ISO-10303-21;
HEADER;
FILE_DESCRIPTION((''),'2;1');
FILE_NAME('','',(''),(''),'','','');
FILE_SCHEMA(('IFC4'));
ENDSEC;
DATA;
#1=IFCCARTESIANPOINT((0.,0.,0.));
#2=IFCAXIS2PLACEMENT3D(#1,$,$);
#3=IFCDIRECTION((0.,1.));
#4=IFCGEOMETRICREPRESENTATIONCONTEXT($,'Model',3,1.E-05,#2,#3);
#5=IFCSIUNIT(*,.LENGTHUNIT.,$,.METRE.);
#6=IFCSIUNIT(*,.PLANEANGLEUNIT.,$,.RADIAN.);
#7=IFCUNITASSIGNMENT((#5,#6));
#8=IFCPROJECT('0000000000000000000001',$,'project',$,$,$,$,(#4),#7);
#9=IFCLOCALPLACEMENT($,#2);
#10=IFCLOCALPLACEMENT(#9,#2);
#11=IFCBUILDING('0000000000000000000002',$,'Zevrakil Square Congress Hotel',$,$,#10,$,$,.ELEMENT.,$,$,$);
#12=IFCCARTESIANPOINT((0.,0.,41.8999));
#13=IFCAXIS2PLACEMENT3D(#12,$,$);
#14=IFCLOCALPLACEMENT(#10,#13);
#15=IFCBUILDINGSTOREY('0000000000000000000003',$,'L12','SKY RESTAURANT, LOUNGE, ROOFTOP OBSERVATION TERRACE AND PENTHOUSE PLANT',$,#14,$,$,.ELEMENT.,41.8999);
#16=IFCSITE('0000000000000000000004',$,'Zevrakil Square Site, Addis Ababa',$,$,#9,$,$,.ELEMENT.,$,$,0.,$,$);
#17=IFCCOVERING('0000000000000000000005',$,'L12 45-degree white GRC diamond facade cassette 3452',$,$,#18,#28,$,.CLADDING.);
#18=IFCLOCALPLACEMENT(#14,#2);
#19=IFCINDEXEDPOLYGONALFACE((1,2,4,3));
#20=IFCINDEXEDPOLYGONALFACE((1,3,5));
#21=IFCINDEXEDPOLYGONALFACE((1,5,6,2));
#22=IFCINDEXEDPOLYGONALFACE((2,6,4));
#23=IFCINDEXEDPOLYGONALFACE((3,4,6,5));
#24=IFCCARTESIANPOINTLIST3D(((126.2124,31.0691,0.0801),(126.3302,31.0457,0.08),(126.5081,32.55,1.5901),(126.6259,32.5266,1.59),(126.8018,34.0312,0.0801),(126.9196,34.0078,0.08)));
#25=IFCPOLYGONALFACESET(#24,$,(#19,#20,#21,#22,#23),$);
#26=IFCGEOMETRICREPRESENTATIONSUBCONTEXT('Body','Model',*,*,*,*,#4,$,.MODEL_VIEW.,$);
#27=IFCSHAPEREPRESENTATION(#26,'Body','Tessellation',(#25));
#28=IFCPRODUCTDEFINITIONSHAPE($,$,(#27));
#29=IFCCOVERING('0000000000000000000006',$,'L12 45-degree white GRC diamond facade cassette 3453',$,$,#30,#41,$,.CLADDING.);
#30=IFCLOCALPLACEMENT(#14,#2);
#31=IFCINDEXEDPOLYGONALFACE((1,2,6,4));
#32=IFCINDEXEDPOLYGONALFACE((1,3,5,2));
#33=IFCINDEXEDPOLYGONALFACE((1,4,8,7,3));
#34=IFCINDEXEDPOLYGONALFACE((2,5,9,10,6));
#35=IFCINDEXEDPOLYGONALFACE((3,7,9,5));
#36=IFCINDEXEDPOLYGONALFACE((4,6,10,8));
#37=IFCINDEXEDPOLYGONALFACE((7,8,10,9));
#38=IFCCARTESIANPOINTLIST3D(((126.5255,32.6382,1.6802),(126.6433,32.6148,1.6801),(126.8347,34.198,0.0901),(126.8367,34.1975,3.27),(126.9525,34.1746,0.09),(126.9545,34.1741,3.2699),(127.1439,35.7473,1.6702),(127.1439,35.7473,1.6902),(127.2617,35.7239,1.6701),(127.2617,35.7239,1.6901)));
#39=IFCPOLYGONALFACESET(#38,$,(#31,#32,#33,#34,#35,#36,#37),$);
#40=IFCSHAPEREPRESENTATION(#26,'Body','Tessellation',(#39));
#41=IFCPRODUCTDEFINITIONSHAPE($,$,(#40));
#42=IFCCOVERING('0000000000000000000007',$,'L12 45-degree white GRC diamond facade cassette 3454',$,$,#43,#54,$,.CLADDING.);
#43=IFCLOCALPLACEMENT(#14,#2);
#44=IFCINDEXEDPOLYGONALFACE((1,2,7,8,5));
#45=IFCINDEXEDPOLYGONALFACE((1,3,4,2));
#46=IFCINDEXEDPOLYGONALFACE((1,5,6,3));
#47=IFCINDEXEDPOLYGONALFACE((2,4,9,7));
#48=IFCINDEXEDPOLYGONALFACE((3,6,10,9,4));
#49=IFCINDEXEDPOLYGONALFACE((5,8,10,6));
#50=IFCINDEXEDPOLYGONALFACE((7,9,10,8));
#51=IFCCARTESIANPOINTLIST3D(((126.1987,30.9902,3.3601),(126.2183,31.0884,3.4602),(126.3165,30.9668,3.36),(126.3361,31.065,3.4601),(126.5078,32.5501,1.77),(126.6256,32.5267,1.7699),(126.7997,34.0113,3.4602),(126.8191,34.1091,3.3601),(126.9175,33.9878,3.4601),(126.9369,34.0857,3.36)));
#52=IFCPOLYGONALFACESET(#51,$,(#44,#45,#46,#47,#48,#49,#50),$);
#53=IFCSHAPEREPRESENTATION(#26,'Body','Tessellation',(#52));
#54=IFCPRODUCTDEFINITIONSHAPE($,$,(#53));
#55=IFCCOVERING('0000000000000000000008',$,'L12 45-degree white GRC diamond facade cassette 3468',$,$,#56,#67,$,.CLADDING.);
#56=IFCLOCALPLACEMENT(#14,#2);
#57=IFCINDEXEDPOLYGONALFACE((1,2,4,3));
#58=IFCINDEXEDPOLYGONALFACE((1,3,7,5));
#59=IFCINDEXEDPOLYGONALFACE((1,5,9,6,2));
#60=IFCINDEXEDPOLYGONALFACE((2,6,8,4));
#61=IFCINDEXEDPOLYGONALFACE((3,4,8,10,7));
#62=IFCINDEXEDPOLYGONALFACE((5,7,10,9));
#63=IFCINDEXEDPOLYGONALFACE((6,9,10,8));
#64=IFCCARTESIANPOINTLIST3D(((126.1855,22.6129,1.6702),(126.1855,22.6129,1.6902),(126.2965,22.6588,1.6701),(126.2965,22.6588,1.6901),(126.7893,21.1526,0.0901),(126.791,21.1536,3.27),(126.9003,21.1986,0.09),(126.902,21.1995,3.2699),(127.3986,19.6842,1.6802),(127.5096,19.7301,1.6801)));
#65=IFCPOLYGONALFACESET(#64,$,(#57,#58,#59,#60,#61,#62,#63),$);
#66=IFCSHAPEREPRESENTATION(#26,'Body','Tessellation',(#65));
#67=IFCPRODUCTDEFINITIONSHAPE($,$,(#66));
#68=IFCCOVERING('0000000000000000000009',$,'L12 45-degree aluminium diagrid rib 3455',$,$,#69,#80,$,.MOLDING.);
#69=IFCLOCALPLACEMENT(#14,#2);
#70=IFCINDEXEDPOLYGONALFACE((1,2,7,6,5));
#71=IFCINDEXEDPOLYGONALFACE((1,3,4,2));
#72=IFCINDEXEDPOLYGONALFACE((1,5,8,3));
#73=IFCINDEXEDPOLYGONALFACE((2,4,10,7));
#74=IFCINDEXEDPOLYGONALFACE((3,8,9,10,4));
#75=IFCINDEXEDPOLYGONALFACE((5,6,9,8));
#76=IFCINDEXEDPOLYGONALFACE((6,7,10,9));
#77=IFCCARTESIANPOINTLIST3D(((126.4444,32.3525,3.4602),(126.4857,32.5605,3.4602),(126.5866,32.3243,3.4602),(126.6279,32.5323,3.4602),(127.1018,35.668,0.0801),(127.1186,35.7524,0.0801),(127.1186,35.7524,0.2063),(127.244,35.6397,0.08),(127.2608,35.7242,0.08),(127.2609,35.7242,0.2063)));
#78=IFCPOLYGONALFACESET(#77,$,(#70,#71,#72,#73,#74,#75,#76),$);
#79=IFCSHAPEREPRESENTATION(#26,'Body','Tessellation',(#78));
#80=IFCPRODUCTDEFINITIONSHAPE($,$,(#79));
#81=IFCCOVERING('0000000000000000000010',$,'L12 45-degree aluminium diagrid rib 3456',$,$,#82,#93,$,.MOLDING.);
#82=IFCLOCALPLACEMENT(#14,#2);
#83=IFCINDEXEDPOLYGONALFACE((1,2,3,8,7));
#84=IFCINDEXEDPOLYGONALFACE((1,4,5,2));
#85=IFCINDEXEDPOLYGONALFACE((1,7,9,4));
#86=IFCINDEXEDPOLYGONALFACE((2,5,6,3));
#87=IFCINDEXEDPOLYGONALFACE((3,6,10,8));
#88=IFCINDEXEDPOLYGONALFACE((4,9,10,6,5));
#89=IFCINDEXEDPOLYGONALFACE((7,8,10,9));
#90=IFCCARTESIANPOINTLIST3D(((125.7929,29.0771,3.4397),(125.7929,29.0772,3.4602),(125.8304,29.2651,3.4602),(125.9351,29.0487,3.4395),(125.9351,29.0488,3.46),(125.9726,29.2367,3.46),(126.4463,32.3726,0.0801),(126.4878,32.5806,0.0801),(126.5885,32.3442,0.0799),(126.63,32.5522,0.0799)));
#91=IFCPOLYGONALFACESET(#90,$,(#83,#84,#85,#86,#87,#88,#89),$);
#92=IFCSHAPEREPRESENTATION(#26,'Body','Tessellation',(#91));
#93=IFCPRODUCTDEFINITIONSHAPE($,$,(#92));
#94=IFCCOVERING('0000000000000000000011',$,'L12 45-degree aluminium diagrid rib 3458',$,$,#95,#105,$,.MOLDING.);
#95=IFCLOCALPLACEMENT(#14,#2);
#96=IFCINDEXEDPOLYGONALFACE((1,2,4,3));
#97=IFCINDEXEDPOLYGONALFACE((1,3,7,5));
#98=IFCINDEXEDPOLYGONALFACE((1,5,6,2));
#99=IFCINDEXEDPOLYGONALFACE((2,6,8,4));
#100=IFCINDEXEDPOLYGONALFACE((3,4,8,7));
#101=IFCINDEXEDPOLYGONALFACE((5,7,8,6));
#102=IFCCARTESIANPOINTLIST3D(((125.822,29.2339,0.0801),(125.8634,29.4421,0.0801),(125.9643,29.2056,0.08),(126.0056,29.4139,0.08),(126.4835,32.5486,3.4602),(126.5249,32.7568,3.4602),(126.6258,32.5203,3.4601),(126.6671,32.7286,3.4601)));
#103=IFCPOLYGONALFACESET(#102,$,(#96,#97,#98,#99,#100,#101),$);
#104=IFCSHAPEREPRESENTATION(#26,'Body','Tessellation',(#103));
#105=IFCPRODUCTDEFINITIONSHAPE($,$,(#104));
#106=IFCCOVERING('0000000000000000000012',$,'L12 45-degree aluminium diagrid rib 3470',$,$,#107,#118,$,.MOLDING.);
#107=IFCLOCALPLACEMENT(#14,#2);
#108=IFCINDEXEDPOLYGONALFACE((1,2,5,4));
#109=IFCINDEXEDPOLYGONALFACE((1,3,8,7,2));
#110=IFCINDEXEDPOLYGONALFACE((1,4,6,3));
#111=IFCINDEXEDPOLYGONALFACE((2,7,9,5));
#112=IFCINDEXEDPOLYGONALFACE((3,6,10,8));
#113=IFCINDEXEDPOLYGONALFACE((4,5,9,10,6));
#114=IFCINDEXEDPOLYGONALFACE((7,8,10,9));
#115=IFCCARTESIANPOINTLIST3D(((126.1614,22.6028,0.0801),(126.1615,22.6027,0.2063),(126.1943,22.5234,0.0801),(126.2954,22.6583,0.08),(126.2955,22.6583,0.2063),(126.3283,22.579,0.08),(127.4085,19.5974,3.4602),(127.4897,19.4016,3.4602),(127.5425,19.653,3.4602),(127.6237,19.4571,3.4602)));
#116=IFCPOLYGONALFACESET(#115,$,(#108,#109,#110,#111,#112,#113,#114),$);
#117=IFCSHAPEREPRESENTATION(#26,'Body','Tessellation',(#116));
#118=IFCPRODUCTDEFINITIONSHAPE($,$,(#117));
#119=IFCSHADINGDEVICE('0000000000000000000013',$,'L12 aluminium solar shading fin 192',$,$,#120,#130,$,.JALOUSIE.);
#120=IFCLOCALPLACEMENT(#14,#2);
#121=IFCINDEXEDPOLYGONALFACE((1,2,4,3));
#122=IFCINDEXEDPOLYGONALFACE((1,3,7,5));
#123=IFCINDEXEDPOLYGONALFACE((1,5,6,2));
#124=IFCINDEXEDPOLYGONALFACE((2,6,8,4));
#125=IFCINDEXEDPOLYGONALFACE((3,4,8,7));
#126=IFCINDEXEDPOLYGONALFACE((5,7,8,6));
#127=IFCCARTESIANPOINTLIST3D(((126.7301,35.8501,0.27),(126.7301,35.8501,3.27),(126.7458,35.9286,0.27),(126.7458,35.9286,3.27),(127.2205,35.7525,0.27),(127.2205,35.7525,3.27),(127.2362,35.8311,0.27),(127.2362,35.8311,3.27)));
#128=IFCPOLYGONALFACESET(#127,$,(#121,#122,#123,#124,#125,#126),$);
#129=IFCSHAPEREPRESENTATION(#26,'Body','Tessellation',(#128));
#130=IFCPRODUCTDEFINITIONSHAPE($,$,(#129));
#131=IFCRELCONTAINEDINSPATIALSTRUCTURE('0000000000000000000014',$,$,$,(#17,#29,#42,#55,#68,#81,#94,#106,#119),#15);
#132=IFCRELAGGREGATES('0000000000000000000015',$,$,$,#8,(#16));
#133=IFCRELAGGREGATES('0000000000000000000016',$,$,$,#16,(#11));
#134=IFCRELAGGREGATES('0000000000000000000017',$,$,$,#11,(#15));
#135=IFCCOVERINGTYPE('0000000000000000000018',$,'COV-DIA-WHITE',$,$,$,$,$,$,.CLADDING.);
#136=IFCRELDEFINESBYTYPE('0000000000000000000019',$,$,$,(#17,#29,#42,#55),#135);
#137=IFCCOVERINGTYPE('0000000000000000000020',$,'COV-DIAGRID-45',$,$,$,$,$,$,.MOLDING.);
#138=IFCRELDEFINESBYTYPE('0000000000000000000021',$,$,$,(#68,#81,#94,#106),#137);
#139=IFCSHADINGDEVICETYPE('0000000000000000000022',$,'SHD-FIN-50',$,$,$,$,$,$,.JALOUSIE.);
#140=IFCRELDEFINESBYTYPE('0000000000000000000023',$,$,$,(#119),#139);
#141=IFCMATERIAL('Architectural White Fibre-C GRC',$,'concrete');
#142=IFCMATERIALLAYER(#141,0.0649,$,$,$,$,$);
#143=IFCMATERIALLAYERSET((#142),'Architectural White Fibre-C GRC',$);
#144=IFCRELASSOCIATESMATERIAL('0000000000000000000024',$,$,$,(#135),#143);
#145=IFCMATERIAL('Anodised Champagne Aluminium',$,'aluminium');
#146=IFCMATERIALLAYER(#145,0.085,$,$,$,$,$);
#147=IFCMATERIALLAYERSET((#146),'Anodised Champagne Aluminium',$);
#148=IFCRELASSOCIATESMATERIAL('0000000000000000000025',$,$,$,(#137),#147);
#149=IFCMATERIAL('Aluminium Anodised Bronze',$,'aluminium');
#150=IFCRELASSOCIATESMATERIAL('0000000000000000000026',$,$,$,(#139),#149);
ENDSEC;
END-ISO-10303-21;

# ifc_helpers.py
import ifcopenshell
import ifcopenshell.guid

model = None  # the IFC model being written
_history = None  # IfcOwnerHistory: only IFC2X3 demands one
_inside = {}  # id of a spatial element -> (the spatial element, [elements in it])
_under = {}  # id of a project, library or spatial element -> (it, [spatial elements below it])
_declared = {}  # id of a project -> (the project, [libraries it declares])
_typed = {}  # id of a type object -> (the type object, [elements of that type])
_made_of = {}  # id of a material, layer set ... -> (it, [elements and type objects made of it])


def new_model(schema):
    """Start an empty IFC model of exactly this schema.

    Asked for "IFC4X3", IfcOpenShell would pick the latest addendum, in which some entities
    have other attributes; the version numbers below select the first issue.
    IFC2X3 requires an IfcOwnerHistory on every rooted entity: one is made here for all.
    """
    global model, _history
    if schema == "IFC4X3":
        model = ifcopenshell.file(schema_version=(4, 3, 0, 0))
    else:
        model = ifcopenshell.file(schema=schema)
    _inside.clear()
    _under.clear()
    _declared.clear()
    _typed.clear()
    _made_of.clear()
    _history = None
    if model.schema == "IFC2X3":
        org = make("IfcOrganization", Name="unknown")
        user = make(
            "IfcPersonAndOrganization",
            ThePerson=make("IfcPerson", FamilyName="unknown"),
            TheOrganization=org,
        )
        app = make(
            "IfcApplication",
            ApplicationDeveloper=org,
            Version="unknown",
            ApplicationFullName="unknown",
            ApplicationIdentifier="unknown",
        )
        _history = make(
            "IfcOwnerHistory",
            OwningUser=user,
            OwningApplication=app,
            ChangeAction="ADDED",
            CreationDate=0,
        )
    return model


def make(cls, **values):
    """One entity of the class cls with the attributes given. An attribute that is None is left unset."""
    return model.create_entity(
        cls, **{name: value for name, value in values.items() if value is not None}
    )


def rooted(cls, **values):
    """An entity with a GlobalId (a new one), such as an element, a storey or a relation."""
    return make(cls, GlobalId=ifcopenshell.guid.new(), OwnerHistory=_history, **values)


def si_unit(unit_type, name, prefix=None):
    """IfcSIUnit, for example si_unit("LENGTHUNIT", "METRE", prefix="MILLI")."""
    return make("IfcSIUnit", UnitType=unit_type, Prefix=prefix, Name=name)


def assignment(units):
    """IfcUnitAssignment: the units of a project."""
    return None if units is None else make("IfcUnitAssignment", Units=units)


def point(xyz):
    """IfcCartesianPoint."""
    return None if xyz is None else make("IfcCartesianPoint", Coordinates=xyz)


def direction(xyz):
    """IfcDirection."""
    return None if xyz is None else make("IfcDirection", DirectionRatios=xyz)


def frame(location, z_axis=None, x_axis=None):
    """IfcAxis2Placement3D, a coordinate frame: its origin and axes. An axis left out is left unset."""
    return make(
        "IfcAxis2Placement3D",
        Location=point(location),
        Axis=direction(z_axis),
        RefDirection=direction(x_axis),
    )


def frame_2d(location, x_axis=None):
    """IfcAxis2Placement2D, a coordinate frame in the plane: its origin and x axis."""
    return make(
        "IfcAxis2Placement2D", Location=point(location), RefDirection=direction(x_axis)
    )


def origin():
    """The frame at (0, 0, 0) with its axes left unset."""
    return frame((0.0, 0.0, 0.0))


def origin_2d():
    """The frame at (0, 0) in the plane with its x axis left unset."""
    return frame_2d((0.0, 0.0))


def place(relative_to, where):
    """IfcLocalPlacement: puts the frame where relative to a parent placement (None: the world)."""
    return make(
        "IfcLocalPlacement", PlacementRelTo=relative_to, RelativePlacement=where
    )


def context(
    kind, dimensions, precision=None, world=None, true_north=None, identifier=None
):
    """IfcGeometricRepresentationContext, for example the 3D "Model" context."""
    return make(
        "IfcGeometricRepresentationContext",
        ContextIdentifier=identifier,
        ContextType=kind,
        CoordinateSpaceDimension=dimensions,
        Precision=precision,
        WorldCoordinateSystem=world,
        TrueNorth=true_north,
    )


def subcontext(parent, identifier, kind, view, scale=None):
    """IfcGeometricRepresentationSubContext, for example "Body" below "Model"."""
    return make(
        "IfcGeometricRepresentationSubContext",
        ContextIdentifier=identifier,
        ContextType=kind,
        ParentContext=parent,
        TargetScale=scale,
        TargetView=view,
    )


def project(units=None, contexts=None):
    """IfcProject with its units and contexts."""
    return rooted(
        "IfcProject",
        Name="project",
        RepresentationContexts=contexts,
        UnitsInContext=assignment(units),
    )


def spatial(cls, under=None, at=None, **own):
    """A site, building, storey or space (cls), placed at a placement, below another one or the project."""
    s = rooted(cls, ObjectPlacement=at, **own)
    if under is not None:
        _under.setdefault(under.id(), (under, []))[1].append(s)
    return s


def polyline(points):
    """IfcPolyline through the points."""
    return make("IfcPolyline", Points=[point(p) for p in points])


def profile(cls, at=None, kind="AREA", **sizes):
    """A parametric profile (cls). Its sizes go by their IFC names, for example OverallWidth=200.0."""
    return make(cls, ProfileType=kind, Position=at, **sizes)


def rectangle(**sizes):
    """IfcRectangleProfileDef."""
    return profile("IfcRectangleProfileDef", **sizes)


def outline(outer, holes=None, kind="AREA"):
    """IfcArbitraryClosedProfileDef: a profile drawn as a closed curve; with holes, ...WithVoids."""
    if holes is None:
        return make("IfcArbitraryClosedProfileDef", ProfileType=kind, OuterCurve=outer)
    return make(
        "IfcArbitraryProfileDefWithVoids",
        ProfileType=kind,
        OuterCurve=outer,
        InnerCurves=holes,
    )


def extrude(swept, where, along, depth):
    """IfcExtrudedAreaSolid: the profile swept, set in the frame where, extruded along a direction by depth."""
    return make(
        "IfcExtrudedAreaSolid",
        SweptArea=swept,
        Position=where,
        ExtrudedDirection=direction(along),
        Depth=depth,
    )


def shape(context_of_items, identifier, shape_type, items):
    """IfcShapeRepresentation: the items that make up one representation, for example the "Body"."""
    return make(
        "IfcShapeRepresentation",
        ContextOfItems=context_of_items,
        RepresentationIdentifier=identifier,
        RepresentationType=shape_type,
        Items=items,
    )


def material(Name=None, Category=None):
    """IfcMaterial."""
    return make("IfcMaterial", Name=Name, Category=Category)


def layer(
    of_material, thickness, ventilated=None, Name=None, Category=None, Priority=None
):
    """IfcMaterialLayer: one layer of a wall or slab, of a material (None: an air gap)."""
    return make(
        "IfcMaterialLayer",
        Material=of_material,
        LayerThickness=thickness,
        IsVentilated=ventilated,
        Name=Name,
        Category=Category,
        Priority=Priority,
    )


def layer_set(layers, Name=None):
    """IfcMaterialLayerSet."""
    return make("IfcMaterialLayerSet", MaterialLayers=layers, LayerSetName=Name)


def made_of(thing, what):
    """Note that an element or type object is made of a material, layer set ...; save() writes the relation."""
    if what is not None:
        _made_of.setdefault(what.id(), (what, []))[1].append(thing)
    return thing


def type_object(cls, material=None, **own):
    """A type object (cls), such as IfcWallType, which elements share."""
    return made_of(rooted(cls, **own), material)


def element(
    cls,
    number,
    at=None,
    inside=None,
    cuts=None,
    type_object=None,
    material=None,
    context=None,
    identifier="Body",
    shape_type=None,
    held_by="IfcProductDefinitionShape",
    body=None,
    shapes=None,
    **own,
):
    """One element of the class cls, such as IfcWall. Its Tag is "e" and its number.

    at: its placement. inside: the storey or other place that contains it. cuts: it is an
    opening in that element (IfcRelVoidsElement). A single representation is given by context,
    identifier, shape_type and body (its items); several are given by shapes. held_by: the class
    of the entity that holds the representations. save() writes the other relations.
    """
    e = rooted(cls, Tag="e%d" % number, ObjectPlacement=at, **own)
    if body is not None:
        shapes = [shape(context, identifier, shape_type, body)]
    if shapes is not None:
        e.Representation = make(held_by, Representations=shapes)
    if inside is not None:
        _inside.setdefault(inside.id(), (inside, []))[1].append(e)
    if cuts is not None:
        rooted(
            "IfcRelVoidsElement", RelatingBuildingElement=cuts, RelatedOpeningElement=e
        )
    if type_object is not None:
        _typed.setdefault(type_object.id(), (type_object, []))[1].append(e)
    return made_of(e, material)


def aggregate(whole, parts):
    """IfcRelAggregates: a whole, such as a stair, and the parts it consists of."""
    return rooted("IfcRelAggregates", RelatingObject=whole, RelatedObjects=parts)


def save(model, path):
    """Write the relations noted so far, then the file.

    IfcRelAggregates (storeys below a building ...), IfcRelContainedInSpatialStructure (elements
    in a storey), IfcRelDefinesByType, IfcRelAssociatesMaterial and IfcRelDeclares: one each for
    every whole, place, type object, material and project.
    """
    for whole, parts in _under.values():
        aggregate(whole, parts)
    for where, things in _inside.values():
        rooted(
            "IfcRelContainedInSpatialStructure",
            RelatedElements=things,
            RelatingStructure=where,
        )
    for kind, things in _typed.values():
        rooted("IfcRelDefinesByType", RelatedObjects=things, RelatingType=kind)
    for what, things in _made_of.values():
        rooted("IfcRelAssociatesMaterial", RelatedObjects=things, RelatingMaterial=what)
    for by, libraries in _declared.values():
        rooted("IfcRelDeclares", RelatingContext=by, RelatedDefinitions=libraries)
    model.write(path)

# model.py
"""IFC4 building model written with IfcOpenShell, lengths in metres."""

from ifc_helpers import new_model, si_unit, direction, frame, origin, origin_2d, place, context, subcontext, project, spatial, polyline, rectangle, outline, extrude, material, layer, layer_set, type_object, element, save


model = new_model("IFC4")

# Units and contexts
model_context = context("Model", 3, precision=1e-05, world=origin(), true_north=direction((0.0, 1.0)))
body_context = subcontext(model_context, "Body", "Model", "MODEL_VIEW")
ifc_project = project(units=[si_unit("LENGTHUNIT", "METRE"), si_unit("PLANEANGLEUNIT", "RADIAN")], contexts=[model_context])

# Site, building, storey
site_placement = place(None, origin())
site = spatial("IfcSite", under=ifc_project, at=site_placement, Name="Zevrakil Square Site, Addis Ababa", CompositionType="ELEMENT", RefElevation=0.0)
building_placement = place(site_placement, origin())
building = spatial("IfcBuilding", under=site, at=building_placement, Name="Zevrakil Square Congress Hotel", CompositionType="ELEMENT")
storey_placement = place(building_placement, frame((0.0, 0.0, 41.8999)))
storey = spatial("IfcBuildingStorey", under=building, at=storey_placement, Name="L12", Description="SKY RESTAURANT, LOUNGE, ROOFTOP OBSERVATION TERRACE AND PENTHOUSE PLANT", CompositionType="ELEMENT", Elevation=41.8999)

# Coverings
ifc_material_1 = material(Name="Architectural White Fibre-C GRC", Category="concrete")
ifc_layer_1 = layer(ifc_material_1, 0.0649)
ifc_layer_set_1 = layer_set([ifc_layer_1], Name="Architectural White Fibre-C GRC")
covering_type_1 = type_object("IfcCoveringType", Name="COV-DIA-WHITE", PredefinedType="CLADDING", material=ifc_layer_set_1)
covering_1_placement = place(storey_placement, frame((126.5081, 32.55, 1.5901), z_axis=(-0.980776, 0.195137, 0.00065), x_axis=(-0.138441, -0.693463, -0.707067)))
element("IfcCovering", 1, at=covering_1_placement, inside=storey, type_object=covering_type_1, Name="L12 45-degree white GRC diamond facade cassette 3452", PredefinedType="CLADDING", context=body_context, shape_type="SweptSolid", body=[
    extrude(outline(polyline([(0.0, 0.0), (2.1356, 0.0), (-0.0001, -2.1355), (0.0, 0.0)])), origin(), (0.0, 0.0, -1.0), 0.1201),
])
covering_2_placement = place(storey_placement, frame((126.8367, 34.1975, 3.27), z_axis=(-0.980787, 0.19508, 0.00063), x_axis=(-0.138388, -0.693478, -0.707062)))
element("IfcCovering", 2, at=covering_2_placement, inside=storey, type_object=covering_type_1, Name="L12 45-degree white GRC diamond facade cassette 3453", PredefinedType="CLADDING", context=body_context, shape_type="SweptSolid", body=[
    extrude(outline(polyline([(0.0, 0.0), (2.2485, 0.0), (2.2483, -2.2488), (0.0139, -2.2485), (-0.0003, -2.2343), (0.0, 0.0)])), origin(), (0.0, 0.0, -1.0), 0.1201),
])
covering_3_placement = place(storey_placement, frame((126.1987, 30.9902, 3.3601), z_axis=(-0.980787, 0.195081, 0.000744), x_axis=(0.137432, 0.693646, -0.707084)))
element("IfcCovering", 3, at=covering_3_placement, inside=storey, type_object=covering_type_1, Name="L12 45-degree white GRC diamond facade cassette 3454", PredefinedType="CLADDING", context=body_context, shape_type="SweptSolid", body=[
    extrude(outline(polyline([(0.0, 0.0), (2.2488, 0.0), (2.2487, -2.2485), (2.1073, -2.2488), (0.0, -0.1416), (0.0, 0.0)])), origin(), (0.0, 0.0, -1.0), 0.1201),
])
covering_4_placement = place(storey_placement, frame((126.791, 21.1536, 3.27), z_axis=(-0.923877, -0.38269, 0.000612), x_axis=(0.270222, -0.653493, -0.707055)))
element("IfcCovering", 4, at=covering_4_placement, inside=storey, type_object=covering_type_1, Name="L12 45-degree white GRC diamond facade cassette 3468", PredefinedType="CLADDING", context=body_context, shape_type="SweptSolid", body=[
    extrude(outline(polyline([(0.0, 0.0), (2.2485, 0.0), (2.2486, -2.2485), (0.0139, -2.2485), (-0.0002, -2.2343), (0.0, 0.0)])), origin(), (0.0, 0.0, -1.0), 0.1201),
])
ifc_material_2 = material(Name="Anodised Champagne Aluminium", Category="aluminium")
ifc_layer_2 = layer(ifc_material_2, 0.085)
ifc_layer_set_2 = layer_set([ifc_layer_2], Name="Anodised Champagne Aluminium")
covering_type_2 = type_object("IfcCoveringType", Name="COV-DIAGRID-45", PredefinedType="MOLDING", material=ifc_layer_set_2)
covering_5_placement = place(storey_placement, frame((127.1018, 35.668, 0.0801), z_axis=(-0.980854, 0.194745, 0.000246), x_axis=(0.194745, 0.980854, 0.0)))
element("IfcCovering", 5, at=covering_5_placement, inside=storey, type_object=covering_type_2, Name="L12 45-degree aluminium diagrid rib 3455", PredefinedType="MOLDING", context=body_context, shape_type="SweptSolid", body=[
    extrude(outline(polyline([(0.0, 0.0), (0.0861, 0.0), (0.0861, -0.1262), (-3.1679, -3.3801), (-3.38, -3.3801), (0.0, 0.0)])), origin(), (0.0, 0.0, -1.0), 0.145),
])
covering_6_placement = place(storey_placement, frame((126.4463, 32.3726, 0.0801), z_axis=(-0.98064, 0.195815, 0.001344), x_axis=(0.195816, 0.980641, 0.0)))
element("IfcCovering", 6, at=covering_6_placement, inside=storey, type_object=covering_type_2, Name="L12 45-degree aluminium diagrid rib 3456", PredefinedType="MOLDING", context=body_context, shape_type="SweptSolid", body=[
    extrude(outline(polyline([(0.0, 0.0), (0.2121, 0.0), (-3.1679, -3.3801), (-3.3595, -3.3801), (-3.3596, -3.3596), (0.0, 0.0)])), origin(), (0.0, 0.0, -1.0), 0.145),
])
covering_7_placement = place(storey_placement, frame((126.5249, 32.7568, 3.4602), z_axis=(-0.980823, 0.1949, 0.000822), x_axis=(-0.1949, -0.980823, 0.0)))
element("IfcCovering", 7, at=covering_7_placement, inside=storey, type_object=covering_type_2, Name="L12 45-degree aluminium diagrid rib 3458", PredefinedType="MOLDING", context=body_context, shape_type="SweptSolid", body=[
    extrude(outline(polyline([(0.0, 0.0), (0.2123, 0.0), (3.5924, -3.3801), (3.3801, -3.3801), (0.0, 0.0)])), origin(), (0.0, 0.0, -1.0), 0.145),
])
covering_8_placement = place(storey_placement, frame((126.1943, 22.5234, 0.0801), z_axis=(-0.923773, -0.382941, 0.000332), x_axis=(-0.382941, 0.923773, 0.0)))
element("IfcCovering", 8, at=covering_8_placement, inside=storey, type_object=covering_type_2, Name="L12 45-degree aluminium diagrid rib 3470", PredefinedType="MOLDING", context=body_context, shape_type="SweptSolid", body=[
    extrude(outline(polyline([(0.0, 0.0), (0.0859, 0.0), (0.0858, -0.1262), (-3.1679, -3.3801), (-3.3799, -3.3801), (0.0, 0.0)])), origin(), (0.0, 0.0, -1.0), 0.145),
])

# Shading device
ifc_material_3 = material(Name="Aluminium Anodised Bronze", Category="aluminium")
shading_device_type = type_object("IfcShadingDeviceType", Name="SHD-FIN-50", PredefinedType="JALOUSIE", material=ifc_material_3)
shading_device_placement = place(storey_placement, frame((126.9832, 35.8406, 0.27), z_axis=(0.0, 0.0, 1.0), x_axis=(-0.980785, 0.19509, 0.0)))
element("IfcShadingDevice", 9, at=shading_device_placement, inside=storey, type_object=shading_device_type, Name="L12 aluminium solar shading fin 192", PredefinedType="JALOUSIE", context=body_context, shape_type="SweptSolid", body=[
    extrude(rectangle(XDim=0.5, YDim=0.0801, at=origin_2d()), origin(), (0.0, 0.0, 1.0), 3.0),
])

save(model, "model.ifc")
